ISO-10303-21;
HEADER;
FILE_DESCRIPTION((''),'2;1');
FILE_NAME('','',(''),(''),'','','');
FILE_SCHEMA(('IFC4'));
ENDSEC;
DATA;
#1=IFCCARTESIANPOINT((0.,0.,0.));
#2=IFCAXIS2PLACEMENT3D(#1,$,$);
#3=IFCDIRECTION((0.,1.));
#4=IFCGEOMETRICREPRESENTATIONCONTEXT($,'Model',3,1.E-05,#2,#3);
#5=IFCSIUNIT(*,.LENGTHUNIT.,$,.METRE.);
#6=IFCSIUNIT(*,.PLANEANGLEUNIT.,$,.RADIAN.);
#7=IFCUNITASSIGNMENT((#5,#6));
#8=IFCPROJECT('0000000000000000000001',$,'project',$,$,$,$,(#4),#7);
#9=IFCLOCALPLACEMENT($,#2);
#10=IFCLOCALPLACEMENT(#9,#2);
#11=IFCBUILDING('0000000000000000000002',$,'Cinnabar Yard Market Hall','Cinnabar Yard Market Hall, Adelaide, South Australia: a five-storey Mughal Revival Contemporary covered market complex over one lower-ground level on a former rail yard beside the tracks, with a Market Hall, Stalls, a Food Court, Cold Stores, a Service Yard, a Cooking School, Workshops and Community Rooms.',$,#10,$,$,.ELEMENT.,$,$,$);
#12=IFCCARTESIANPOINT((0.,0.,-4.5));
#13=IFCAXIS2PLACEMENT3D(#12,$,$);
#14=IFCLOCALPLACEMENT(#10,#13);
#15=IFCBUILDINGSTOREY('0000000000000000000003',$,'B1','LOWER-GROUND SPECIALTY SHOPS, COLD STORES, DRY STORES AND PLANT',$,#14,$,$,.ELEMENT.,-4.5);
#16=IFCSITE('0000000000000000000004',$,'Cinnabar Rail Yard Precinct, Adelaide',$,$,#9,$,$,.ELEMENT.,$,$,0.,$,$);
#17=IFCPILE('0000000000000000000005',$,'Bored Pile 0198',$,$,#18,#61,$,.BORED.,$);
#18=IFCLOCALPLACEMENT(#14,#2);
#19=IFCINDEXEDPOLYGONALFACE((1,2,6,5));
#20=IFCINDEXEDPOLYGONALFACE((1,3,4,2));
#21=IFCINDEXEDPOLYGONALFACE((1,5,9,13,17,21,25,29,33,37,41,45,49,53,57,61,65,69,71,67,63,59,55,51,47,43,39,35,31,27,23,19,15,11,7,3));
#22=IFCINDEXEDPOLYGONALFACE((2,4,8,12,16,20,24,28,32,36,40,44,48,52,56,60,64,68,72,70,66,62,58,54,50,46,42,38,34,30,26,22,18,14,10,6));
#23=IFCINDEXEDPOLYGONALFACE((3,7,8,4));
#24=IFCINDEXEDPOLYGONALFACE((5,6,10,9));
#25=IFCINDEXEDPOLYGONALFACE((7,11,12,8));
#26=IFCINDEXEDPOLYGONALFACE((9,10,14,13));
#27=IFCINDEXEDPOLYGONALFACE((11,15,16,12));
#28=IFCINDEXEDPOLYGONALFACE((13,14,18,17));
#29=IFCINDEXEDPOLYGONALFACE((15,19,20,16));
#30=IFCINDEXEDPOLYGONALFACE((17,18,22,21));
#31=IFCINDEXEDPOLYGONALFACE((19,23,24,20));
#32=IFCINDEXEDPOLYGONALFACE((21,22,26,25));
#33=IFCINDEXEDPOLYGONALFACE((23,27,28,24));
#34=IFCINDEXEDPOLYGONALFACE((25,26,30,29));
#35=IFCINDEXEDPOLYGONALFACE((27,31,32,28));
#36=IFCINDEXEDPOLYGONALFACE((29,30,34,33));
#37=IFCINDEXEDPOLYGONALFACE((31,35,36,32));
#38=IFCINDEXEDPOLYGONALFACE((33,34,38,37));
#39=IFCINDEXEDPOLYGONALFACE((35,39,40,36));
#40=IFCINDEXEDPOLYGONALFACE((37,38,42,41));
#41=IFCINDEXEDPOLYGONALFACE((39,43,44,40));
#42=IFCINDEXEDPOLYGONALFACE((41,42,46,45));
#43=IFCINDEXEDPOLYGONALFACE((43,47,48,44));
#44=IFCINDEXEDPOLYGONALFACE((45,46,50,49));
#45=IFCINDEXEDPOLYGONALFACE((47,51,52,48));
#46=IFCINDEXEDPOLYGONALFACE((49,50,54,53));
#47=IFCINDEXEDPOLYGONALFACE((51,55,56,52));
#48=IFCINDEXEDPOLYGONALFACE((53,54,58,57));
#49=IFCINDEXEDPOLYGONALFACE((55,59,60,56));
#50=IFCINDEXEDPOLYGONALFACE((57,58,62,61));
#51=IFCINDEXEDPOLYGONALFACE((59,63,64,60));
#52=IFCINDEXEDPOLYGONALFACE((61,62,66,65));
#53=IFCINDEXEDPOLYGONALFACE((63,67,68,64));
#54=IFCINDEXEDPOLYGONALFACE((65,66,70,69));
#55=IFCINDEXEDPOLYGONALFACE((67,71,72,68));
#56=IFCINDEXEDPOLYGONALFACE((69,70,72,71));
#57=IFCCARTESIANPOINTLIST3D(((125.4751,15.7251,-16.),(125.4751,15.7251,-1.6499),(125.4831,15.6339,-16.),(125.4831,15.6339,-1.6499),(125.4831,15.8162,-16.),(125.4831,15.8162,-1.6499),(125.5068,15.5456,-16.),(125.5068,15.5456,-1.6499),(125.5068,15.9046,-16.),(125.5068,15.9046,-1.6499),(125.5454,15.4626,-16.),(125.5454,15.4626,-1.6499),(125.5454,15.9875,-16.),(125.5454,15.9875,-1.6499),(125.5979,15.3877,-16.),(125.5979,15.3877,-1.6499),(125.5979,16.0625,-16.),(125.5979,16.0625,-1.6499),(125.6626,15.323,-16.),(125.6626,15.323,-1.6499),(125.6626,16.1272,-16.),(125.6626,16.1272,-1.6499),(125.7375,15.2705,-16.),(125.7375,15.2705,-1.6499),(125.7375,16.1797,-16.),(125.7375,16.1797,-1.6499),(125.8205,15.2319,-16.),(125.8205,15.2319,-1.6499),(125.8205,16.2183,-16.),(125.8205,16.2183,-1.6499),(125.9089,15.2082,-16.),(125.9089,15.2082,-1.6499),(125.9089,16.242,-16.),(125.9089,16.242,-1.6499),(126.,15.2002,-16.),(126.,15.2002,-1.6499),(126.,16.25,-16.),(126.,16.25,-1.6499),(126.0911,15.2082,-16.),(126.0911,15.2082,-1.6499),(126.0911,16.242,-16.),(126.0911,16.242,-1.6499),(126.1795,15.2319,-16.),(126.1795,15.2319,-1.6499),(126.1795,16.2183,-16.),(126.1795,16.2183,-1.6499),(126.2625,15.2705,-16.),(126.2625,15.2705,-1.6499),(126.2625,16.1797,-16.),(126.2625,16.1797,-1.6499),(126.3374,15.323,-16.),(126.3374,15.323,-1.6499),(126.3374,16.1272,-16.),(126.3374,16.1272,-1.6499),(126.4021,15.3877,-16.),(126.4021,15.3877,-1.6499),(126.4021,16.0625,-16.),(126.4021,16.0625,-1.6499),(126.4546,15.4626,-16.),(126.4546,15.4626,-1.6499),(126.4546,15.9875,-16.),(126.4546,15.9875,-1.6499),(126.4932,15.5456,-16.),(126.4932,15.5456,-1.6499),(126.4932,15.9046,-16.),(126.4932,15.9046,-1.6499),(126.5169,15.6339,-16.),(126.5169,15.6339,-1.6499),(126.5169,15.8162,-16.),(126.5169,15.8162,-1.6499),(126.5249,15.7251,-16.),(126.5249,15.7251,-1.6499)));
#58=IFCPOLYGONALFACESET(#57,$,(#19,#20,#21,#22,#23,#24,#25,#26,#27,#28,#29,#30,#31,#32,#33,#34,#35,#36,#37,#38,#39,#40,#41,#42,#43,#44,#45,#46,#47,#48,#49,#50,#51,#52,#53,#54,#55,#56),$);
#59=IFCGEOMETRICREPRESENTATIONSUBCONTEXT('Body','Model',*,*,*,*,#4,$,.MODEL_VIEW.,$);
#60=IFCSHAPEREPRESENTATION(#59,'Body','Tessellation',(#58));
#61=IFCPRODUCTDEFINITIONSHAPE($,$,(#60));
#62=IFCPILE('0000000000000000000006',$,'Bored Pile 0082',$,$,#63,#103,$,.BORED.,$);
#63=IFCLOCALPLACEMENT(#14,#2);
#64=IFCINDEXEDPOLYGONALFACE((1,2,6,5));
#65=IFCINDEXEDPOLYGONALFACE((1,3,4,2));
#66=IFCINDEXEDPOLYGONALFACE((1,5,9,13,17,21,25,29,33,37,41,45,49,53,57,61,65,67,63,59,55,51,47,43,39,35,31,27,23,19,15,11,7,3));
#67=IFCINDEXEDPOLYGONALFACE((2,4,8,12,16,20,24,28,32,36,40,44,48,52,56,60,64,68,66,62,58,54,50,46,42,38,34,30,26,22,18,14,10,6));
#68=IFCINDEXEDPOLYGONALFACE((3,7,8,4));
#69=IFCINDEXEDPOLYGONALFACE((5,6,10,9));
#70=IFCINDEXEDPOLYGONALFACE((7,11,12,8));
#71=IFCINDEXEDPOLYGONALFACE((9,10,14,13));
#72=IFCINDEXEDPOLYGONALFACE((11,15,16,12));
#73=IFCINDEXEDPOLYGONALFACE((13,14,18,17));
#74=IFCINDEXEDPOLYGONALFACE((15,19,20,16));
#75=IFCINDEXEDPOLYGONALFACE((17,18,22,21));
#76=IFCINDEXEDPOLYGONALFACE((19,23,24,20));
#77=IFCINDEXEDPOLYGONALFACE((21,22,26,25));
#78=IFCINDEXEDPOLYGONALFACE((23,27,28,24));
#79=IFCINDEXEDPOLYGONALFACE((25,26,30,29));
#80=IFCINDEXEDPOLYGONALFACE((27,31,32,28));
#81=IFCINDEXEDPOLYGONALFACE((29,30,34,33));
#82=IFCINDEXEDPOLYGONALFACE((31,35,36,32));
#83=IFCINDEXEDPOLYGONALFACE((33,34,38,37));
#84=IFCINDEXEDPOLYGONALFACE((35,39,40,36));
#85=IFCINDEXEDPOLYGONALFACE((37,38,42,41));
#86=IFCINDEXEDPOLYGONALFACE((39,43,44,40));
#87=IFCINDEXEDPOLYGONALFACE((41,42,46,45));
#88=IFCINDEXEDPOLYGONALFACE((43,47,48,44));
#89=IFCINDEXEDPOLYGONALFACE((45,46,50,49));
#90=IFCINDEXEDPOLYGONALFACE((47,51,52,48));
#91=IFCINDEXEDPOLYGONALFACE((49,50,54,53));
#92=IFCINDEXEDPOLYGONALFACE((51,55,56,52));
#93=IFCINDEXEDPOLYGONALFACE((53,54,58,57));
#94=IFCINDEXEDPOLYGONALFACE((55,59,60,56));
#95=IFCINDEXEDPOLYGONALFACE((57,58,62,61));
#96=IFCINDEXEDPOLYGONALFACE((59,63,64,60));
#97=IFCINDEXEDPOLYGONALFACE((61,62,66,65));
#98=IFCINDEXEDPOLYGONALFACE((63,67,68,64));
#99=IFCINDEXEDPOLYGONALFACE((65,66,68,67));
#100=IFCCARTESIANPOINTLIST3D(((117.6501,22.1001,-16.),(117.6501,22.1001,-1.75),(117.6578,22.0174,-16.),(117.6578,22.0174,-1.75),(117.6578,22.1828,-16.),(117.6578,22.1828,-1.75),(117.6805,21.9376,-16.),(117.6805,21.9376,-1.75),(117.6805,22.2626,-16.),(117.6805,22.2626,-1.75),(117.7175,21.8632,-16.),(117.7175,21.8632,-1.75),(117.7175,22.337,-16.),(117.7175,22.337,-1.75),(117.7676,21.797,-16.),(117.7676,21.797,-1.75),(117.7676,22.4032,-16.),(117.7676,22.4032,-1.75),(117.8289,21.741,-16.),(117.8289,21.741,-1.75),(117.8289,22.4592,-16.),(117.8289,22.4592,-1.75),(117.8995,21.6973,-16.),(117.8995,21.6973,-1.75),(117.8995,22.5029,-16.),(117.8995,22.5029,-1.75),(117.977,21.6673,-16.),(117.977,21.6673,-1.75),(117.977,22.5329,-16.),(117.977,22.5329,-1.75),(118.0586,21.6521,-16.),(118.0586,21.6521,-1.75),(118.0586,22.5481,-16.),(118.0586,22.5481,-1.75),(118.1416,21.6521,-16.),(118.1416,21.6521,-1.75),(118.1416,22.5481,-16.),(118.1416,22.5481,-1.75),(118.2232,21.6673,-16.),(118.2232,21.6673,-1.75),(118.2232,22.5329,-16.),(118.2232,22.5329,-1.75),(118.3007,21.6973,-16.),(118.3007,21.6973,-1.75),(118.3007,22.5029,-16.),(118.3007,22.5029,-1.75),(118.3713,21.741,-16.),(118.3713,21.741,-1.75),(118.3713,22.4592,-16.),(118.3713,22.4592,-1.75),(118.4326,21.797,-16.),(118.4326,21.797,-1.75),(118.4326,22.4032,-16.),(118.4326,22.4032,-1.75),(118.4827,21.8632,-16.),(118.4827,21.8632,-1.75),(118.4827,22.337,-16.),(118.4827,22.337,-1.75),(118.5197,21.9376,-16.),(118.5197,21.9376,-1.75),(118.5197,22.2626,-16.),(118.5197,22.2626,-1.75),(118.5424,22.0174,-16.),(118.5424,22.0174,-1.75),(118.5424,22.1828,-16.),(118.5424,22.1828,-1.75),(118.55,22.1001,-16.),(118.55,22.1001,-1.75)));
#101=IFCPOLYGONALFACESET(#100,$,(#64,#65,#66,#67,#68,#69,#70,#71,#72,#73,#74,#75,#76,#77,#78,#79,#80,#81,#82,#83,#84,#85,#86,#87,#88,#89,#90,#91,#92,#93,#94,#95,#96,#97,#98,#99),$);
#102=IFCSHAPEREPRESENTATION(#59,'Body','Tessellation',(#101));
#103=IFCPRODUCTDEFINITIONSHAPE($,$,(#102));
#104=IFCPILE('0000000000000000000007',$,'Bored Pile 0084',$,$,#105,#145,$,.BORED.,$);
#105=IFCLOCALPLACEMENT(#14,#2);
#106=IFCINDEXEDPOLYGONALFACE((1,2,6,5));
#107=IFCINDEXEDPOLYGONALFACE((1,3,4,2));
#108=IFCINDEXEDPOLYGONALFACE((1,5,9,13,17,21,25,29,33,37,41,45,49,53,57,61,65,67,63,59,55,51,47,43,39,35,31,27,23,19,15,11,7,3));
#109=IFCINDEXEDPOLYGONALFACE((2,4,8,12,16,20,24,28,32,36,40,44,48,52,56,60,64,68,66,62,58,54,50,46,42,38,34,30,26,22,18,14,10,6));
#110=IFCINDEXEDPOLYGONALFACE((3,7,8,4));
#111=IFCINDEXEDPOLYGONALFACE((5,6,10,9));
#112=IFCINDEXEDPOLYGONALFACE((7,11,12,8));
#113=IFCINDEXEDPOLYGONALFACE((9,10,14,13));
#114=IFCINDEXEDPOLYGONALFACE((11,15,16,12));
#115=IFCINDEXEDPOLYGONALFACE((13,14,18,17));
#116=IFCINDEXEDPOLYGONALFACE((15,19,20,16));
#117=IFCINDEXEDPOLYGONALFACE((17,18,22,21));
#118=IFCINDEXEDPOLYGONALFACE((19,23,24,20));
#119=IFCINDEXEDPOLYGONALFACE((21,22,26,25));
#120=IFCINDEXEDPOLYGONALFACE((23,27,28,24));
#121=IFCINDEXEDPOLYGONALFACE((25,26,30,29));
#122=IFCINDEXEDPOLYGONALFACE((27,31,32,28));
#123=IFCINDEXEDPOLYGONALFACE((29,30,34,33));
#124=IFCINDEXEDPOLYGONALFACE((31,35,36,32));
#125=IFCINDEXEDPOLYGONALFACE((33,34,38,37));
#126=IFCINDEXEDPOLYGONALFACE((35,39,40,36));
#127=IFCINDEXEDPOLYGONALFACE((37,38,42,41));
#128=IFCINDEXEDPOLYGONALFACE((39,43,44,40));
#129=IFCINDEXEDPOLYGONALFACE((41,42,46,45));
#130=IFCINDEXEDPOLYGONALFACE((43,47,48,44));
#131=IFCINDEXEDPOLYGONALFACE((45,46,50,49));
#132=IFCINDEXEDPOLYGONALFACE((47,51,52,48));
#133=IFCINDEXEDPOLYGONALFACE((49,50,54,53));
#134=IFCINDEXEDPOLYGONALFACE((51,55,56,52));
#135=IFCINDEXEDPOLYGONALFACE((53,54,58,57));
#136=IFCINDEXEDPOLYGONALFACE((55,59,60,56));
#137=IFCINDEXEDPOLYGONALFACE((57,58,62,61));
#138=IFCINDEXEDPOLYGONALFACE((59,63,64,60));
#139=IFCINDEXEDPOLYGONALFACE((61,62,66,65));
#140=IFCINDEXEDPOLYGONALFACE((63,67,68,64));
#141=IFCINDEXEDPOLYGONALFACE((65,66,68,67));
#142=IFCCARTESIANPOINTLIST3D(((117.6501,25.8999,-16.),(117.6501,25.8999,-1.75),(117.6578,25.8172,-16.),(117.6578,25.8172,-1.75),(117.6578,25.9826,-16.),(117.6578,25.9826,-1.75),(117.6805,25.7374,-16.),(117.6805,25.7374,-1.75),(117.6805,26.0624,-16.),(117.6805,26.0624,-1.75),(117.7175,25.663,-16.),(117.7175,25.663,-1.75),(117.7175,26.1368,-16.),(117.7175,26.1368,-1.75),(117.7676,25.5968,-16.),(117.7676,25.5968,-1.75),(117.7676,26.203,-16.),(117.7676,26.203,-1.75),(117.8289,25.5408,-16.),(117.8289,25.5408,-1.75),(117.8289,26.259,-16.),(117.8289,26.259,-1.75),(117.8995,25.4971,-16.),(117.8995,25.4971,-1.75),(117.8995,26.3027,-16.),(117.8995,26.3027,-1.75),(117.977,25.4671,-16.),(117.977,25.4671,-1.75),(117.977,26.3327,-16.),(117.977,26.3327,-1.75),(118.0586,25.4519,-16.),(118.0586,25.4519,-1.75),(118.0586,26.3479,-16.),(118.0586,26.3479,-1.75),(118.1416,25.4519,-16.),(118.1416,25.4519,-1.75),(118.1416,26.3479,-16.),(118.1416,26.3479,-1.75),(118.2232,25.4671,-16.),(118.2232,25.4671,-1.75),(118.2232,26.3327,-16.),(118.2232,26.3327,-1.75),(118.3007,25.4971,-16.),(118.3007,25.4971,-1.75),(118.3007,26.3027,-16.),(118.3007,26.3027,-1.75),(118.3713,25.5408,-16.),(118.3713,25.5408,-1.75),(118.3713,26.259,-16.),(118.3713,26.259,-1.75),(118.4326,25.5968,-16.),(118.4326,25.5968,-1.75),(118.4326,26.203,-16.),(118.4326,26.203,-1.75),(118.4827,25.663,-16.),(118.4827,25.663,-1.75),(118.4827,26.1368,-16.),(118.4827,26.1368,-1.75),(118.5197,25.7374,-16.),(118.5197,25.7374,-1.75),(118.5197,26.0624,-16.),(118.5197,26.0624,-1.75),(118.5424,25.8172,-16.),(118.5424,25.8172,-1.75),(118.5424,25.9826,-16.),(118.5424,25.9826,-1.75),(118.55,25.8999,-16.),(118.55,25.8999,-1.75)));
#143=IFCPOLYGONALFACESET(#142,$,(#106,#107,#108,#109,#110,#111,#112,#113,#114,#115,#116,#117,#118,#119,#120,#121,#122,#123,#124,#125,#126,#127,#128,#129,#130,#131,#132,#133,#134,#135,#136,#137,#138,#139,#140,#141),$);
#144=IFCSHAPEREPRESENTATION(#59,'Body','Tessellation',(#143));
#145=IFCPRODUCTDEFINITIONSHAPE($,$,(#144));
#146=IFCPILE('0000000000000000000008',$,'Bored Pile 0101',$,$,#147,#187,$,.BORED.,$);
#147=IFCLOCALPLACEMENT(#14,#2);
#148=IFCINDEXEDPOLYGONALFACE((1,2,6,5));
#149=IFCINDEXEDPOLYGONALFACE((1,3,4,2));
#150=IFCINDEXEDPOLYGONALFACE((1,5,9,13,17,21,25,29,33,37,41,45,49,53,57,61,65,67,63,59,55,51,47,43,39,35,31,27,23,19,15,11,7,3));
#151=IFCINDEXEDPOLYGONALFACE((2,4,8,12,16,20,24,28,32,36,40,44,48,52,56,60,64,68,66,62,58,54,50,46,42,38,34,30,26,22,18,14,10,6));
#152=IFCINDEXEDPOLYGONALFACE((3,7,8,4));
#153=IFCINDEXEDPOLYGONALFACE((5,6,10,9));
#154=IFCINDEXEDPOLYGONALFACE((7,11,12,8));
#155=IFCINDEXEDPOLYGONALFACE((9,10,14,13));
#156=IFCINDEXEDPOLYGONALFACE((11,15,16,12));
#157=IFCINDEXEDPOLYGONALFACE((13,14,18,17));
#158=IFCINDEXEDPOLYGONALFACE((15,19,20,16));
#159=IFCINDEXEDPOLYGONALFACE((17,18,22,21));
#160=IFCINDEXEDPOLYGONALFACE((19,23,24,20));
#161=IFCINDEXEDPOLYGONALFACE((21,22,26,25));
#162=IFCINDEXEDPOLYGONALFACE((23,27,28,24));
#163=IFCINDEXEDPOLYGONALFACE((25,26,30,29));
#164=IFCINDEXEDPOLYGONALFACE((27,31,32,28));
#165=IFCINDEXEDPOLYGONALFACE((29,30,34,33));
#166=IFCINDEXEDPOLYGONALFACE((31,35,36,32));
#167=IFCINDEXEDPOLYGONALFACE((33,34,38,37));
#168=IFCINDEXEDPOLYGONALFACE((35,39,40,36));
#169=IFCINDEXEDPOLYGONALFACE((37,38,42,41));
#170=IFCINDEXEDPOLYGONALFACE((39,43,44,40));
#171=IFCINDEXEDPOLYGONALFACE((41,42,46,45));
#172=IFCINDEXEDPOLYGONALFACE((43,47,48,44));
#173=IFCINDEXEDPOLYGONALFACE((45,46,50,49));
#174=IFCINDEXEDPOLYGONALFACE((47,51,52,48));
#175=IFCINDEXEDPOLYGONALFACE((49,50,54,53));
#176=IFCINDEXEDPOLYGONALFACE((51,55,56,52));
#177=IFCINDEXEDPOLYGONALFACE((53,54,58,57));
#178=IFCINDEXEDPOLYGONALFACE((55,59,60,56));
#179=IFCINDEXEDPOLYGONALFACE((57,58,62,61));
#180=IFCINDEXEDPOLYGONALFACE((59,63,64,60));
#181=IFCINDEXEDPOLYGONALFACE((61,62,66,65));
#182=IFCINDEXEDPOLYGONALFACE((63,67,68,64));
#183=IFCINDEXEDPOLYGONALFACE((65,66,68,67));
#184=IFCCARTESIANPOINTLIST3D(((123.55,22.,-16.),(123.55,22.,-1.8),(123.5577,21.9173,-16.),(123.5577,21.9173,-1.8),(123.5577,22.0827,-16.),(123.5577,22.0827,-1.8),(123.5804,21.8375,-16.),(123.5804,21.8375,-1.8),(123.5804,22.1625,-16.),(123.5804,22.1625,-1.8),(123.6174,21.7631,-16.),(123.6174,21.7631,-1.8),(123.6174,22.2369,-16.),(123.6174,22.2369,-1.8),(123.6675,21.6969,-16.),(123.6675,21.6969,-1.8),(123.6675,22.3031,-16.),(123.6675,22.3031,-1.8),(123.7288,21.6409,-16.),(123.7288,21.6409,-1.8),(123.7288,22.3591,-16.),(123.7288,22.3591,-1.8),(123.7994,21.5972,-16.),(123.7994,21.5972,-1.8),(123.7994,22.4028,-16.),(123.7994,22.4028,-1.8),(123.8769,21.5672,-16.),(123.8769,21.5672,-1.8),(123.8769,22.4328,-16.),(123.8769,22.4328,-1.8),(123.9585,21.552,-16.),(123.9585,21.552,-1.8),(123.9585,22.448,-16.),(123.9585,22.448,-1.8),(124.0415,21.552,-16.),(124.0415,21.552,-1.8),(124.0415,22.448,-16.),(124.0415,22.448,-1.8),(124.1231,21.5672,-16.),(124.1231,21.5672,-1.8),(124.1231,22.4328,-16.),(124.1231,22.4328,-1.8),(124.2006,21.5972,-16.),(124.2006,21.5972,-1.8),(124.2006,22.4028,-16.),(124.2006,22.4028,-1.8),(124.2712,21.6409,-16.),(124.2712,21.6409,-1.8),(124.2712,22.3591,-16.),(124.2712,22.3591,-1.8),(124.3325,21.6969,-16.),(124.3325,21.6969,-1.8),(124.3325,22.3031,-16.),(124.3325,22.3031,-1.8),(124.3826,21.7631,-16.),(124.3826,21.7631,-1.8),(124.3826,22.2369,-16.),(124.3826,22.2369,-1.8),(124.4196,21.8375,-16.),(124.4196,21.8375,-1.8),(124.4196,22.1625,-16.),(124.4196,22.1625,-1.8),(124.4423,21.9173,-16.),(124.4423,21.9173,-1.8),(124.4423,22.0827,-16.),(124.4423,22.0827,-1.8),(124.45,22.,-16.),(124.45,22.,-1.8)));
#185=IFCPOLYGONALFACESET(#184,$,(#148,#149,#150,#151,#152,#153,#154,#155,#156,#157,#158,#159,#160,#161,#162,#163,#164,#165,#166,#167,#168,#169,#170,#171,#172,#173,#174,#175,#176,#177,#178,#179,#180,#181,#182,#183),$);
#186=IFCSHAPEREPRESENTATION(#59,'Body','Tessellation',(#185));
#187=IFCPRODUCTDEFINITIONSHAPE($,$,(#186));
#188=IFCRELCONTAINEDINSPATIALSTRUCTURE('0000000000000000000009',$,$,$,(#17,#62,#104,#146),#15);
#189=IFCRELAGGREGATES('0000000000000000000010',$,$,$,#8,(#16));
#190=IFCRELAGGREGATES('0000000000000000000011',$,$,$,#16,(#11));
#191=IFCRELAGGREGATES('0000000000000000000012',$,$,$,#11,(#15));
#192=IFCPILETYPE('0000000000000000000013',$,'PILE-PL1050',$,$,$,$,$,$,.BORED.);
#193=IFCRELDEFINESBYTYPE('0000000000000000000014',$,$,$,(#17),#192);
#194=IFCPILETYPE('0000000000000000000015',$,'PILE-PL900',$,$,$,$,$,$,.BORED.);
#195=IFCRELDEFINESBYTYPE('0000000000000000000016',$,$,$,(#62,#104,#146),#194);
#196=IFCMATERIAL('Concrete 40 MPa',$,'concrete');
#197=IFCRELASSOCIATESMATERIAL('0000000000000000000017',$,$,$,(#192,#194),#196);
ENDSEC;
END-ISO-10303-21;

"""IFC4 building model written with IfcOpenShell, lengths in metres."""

from ifc_helpers import new_model, si_unit, direction, frame, origin, origin_2d_with_axis, place, context, subcontext, project, spatial, circle, extrude, material, material_profile, profile_set, type_object, element, save


model = new_model("IFC4")

# Units and contexts
model_context = context("Model", 3, precision=1e-05, world=origin(), true_north=direction((0.0, 1.0)))
body_context = subcontext(model_context, "Body", "Model", "MODEL_VIEW")
ifc_project = project(units=[si_unit("LENGTHUNIT", "METRE"), si_unit("PLANEANGLEUNIT", "RADIAN")], contexts=[model_context])

# Site, building, storey
site_placement = place(None, origin())
site = spatial("IfcSite", under=ifc_project, at=site_placement, Name="Cinnabar Rail Yard Precinct, Adelaide", CompositionType="ELEMENT", RefElevation=0.0)
building_placement = place(site_placement, origin())
building = spatial("IfcBuilding", under=site, at=building_placement, Name="Cinnabar Yard Market Hall", Description="Cinnabar Yard Market Hall, Adelaide, South Australia: a five-storey Mughal Revival Contemporary covered market complex over one lower-ground level on a former rail yard beside the tracks, with a Market Hall, Stalls, a Food Court, Cold Stores, a Service Yard, a Cooking School, Workshops and Community Rooms.", CompositionType="ELEMENT")
storey_placement = place(building_placement, frame((0.0, 0.0, -4.5)))
storey = spatial("IfcBuildingStorey", under=building, at=storey_placement, Name="B1", Description="LOWER-GROUND SPECIALTY SHOPS, COLD STORES, DRY STORES AND PLANT", CompositionType="ELEMENT", Elevation=-4.5)

# Shared definitions
ifc_material_1 = material(Name="Concrete 40 MPa", Category="concrete")

# Piles
ifc_material_profile_1 = material_profile(ifc_material_1, circle(Radius=0.5249, at=origin_2d_with_axis()), Name="PILE-D1050")
ifc_profile_set_1 = profile_set([ifc_material_profile_1], Name="Concrete 40 MPa")
pile_type_1 = type_object("IfcPileType", Name="PILE-PL1050", PredefinedType="BORED", material=ifc_profile_set_1)
for number, where, z_axis, x_axis, name in (
    (1, (126.0, 15.7251, -1.6499), (0.0, 0.0, -1.0), (1.0, 0.0, 0.0), "Bored Pile 0198"),
):
    element("IfcPile", number, at=place(storey_placement, frame(where, z_axis=z_axis, x_axis=x_axis)), inside=storey, type_object=pile_type_1, Name=name, PredefinedType="BORED", context=body_context, shape_type="SweptSolid", body=[
        extrude(circle(Radius=0.5249, at=origin_2d_with_axis()), origin(), (0.0, 0.0, 1.0), 14.3501),
    ])
ifc_material_profile_2 = material_profile(ifc_material_1, circle(Radius=0.45, at=origin_2d_with_axis()), Name="PILE-D900")
ifc_profile_set_2 = profile_set([ifc_material_profile_2], Name="Concrete 40 MPa")
pile_type_2 = type_object("IfcPileType", Name="PILE-PL900", PredefinedType="BORED", material=ifc_profile_set_2)
for number, where, z_axis, x_axis, name in (
    (2, (118.1001, 22.1001, -1.75), (0.0, 0.0, -1.0), (1.0, 0.0, 0.0), "Bored Pile 0082"),
    (3, (118.1001, 25.8999, -1.75), (0.0, 0.0, -1.0), (1.0, 0.0, 0.0), "Bored Pile 0084"),
):
    element("IfcPile", number, at=place(storey_placement, frame(where, z_axis=z_axis, x_axis=x_axis)), inside=storey, type_object=pile_type_2, Name=name, PredefinedType="BORED", context=body_context, shape_type="SweptSolid", body=[
        extrude(circle(Radius=0.45, at=origin_2d_with_axis()), origin(), (0.0, 0.0, 1.0), 14.25),
    ])
for number, where, z_axis, x_axis, name in (
    (4, (124.0, 22.0, -1.8), (0.0, 0.0, -1.0), (1.0, 0.0, 0.0), "Bored Pile 0101"),
):
    element("IfcPile", number, at=place(storey_placement, frame(where, z_axis=z_axis, x_axis=x_axis)), inside=storey, type_object=pile_type_2, Name=name, PredefinedType="BORED", context=body_context, shape_type="SweptSolid", body=[
        extrude(circle(Radius=0.45, at=origin_2d_with_axis()), origin(), (0.0, 0.0, 1.0), 14.2),
    ])

save(model, "model.ifc")
